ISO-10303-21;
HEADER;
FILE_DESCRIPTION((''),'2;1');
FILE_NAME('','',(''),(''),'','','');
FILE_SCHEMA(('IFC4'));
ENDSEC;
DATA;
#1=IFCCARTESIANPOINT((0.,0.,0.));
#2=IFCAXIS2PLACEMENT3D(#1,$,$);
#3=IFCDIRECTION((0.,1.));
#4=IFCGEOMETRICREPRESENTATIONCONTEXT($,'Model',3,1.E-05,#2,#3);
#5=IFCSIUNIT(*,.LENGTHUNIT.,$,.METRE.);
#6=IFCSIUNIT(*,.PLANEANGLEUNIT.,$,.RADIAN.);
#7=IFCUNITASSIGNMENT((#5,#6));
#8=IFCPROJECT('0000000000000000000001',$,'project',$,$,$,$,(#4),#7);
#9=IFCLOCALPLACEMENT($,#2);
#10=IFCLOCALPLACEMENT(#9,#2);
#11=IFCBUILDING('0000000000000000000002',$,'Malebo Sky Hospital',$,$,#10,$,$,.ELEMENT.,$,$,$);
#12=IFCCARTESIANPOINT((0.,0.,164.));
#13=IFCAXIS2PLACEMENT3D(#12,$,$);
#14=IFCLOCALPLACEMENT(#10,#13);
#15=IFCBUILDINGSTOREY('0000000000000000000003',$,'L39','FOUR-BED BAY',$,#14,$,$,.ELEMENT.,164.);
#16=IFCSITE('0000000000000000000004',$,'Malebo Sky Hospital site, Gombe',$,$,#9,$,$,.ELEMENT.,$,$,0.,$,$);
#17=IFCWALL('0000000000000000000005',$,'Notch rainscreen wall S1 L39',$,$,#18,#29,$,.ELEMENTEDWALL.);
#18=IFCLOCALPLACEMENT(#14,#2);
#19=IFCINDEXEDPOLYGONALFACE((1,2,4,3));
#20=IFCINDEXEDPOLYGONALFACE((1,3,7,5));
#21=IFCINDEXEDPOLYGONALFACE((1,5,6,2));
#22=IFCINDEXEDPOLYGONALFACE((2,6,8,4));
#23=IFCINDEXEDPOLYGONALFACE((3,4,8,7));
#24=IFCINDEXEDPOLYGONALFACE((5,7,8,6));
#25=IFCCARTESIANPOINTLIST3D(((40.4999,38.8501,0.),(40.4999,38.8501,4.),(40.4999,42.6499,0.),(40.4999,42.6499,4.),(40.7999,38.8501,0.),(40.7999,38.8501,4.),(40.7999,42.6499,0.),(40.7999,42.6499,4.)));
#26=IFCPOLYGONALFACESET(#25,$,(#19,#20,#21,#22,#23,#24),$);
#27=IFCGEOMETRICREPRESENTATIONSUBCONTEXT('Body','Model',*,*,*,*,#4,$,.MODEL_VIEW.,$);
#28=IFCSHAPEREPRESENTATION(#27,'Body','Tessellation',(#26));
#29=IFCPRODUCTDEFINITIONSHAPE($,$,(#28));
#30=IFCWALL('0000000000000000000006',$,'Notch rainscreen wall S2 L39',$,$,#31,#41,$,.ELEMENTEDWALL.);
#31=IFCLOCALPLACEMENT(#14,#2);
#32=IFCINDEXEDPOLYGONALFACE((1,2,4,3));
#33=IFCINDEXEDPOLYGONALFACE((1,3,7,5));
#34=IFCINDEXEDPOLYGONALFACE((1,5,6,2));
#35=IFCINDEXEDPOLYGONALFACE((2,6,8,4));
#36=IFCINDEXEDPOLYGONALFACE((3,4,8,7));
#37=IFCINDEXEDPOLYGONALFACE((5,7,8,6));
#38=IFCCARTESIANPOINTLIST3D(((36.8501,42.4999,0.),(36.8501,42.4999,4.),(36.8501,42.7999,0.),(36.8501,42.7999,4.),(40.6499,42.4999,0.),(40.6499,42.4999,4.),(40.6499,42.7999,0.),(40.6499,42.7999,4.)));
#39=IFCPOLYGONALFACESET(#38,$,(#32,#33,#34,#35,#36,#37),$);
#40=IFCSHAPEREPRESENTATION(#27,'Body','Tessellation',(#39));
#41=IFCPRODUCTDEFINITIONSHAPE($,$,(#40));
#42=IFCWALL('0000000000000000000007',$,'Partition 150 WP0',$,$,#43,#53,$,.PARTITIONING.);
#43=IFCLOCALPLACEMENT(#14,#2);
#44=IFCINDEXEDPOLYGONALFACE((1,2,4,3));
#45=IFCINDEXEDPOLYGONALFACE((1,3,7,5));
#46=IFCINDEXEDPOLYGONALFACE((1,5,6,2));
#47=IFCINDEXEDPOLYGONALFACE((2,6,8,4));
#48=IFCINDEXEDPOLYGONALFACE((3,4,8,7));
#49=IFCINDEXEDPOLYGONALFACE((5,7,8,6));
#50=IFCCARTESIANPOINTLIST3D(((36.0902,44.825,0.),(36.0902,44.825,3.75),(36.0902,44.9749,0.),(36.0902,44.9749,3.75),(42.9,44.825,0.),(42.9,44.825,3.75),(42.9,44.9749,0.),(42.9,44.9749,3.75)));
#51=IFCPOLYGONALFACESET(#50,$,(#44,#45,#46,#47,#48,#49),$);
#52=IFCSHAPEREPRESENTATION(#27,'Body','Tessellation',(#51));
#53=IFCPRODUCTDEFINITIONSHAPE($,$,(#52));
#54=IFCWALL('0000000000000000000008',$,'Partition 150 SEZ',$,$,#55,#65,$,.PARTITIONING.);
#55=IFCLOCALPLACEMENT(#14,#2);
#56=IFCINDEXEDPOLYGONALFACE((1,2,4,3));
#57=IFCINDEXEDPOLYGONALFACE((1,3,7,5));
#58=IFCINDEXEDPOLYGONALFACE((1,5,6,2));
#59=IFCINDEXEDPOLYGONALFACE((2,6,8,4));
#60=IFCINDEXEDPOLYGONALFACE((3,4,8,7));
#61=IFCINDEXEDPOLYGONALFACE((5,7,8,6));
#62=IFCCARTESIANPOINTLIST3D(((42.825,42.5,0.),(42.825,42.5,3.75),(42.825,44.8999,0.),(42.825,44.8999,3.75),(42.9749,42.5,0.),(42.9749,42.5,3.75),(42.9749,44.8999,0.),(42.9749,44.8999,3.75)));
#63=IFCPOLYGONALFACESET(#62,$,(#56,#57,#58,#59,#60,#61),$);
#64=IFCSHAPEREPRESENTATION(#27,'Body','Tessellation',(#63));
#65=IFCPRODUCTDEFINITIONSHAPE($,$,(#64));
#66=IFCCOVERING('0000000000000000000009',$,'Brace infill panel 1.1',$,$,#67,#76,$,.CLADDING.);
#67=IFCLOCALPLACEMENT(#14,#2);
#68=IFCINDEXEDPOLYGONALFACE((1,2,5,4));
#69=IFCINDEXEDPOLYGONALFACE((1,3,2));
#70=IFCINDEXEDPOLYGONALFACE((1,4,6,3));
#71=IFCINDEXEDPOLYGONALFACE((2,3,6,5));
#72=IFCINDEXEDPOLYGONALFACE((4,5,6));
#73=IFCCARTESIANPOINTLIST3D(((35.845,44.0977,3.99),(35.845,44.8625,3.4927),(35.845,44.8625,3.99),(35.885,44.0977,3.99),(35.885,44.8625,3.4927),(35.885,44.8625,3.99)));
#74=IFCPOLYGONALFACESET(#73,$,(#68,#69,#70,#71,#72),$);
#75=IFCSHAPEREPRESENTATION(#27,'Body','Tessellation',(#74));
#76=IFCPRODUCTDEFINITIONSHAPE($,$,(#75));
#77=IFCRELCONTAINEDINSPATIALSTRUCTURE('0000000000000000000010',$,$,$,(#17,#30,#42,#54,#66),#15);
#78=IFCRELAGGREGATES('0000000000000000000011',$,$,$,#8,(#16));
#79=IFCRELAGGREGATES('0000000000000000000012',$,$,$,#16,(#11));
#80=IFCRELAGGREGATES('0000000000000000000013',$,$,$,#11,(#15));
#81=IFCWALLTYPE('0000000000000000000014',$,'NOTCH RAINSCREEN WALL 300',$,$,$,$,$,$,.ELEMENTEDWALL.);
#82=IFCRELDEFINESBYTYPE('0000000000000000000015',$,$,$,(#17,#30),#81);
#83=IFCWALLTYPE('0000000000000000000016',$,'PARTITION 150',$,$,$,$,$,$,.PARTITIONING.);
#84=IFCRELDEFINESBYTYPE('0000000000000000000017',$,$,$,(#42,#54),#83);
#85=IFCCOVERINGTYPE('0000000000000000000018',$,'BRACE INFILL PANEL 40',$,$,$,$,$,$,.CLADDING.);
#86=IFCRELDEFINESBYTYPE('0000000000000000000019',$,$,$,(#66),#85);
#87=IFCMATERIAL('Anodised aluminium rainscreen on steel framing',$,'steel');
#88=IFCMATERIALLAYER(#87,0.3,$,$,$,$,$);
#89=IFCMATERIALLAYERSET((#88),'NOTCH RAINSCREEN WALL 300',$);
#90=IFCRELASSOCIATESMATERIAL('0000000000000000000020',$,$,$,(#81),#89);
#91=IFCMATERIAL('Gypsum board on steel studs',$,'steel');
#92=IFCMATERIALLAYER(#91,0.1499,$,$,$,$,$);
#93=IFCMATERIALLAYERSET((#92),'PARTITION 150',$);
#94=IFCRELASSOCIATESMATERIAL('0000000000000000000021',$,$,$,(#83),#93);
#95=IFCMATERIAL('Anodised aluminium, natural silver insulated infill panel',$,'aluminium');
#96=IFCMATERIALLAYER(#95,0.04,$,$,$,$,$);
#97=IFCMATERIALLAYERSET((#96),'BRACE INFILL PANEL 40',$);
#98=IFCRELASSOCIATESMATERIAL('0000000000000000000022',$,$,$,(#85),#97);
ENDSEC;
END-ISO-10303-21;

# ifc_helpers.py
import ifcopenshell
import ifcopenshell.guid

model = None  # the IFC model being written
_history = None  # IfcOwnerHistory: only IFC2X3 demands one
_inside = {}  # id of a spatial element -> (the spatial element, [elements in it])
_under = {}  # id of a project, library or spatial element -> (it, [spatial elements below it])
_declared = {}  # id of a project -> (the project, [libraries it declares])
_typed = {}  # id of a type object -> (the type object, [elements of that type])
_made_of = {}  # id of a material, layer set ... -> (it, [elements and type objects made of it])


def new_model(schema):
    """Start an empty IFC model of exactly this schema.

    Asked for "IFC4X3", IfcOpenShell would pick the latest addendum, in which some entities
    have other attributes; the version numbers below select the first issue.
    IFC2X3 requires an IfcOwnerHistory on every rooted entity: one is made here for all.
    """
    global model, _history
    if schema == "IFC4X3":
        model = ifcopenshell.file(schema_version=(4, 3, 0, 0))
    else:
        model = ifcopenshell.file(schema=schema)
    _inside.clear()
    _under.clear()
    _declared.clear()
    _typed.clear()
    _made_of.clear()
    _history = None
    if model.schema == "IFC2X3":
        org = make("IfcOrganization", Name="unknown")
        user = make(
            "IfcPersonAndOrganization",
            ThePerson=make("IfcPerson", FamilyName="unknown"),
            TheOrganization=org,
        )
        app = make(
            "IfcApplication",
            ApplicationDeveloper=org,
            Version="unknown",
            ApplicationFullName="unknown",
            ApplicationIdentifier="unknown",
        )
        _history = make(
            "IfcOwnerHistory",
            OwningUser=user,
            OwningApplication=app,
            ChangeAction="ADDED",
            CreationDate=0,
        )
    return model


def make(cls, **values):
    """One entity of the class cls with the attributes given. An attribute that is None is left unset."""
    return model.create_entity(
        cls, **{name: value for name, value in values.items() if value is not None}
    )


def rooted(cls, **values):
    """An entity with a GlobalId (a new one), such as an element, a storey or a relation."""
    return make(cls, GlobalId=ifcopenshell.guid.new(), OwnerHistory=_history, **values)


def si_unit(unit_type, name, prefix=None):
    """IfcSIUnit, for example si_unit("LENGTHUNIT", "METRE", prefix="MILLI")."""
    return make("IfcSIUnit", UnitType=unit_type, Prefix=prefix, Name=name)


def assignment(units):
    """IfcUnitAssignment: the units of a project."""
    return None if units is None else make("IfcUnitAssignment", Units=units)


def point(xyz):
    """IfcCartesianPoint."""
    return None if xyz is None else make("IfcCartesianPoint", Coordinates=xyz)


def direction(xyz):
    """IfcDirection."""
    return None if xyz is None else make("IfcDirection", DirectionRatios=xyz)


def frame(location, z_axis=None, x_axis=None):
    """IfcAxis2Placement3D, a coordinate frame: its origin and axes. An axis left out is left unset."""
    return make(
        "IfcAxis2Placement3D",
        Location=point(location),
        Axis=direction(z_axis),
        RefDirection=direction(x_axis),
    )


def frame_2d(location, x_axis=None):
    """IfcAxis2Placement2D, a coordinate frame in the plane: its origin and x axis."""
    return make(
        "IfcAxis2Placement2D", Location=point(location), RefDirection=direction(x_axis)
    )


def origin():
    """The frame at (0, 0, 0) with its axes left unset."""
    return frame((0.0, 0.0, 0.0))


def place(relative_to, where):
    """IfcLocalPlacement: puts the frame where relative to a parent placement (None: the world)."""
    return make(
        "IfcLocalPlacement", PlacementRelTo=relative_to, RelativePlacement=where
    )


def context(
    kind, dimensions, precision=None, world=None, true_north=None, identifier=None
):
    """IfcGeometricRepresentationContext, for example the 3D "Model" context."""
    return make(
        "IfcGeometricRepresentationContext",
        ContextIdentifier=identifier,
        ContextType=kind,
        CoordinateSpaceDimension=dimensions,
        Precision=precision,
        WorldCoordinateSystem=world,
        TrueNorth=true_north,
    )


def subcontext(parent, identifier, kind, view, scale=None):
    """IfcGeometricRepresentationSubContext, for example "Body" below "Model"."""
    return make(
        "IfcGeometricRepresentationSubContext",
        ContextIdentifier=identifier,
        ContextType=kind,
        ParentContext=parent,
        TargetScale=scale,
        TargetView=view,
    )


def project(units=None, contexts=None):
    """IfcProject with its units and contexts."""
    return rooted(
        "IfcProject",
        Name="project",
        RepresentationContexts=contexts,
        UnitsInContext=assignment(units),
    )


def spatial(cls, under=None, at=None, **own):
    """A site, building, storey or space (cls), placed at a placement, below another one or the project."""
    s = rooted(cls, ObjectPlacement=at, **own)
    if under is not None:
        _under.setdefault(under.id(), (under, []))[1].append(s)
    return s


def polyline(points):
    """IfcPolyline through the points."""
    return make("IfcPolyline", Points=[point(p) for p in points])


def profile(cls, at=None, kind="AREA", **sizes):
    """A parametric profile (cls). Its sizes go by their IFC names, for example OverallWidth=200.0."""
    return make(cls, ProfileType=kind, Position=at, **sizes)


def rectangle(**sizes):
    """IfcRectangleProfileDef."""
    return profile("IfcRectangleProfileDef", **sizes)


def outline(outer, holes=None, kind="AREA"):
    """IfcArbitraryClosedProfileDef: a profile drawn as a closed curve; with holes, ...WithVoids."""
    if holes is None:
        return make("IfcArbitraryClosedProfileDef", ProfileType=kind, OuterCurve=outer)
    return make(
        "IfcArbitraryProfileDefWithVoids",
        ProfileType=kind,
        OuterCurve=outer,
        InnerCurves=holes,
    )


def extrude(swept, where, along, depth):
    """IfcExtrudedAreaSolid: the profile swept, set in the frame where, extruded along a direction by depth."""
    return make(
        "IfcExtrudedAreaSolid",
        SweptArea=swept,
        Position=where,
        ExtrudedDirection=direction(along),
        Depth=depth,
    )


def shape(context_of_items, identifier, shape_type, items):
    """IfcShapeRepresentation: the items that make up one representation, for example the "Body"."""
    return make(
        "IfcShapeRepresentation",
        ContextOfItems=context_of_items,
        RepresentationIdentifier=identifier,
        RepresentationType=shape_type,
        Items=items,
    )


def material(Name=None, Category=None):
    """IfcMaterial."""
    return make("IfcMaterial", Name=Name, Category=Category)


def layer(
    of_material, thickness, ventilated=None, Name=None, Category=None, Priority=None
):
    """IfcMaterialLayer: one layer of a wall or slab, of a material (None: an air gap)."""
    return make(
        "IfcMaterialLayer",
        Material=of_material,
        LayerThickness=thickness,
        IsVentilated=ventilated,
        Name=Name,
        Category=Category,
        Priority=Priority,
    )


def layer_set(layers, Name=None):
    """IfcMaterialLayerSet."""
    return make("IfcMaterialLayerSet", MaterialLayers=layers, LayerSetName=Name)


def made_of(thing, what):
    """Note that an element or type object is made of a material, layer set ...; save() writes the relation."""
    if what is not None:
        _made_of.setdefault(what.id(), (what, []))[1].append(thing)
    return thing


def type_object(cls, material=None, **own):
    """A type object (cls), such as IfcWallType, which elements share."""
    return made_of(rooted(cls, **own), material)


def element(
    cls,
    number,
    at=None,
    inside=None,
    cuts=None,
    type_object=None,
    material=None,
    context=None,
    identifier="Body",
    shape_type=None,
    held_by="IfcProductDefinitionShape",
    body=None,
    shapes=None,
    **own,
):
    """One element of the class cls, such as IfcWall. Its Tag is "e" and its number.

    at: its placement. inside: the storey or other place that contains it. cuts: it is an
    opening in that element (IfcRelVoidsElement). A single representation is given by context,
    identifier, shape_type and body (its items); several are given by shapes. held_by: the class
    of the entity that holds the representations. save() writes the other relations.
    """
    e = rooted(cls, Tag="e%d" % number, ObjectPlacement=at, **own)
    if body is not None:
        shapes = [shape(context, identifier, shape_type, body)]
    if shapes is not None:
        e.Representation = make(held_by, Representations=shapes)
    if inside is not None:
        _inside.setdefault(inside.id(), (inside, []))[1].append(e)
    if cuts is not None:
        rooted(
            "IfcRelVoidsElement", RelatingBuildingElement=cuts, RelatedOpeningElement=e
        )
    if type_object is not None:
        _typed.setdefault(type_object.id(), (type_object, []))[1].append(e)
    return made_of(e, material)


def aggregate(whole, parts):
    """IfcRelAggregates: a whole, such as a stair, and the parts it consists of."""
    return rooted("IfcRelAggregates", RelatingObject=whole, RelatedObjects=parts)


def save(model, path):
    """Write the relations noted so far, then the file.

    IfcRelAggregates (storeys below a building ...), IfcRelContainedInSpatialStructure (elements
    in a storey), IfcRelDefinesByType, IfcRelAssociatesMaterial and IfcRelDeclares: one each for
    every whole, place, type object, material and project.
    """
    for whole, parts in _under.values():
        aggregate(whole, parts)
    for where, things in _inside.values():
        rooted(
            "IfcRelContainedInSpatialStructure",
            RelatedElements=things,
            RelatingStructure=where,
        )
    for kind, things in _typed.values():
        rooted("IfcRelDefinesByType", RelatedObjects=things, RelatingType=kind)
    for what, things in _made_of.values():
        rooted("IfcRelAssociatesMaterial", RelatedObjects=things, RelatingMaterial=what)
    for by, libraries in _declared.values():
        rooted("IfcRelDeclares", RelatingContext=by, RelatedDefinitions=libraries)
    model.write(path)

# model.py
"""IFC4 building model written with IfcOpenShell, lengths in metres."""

from ifc_helpers import new_model, si_unit, direction, frame, frame_2d, origin, place, context, subcontext, project, spatial, polyline, rectangle, outline, extrude, material, layer, layer_set, type_object, element, save


model = new_model("IFC4")

# Units and contexts
model_context = context("Model", 3, precision=1e-05, world=origin(), true_north=direction((0.0, 1.0)))
body_context = subcontext(model_context, "Body", "Model", "MODEL_VIEW")
ifc_project = project(units=[si_unit("LENGTHUNIT", "METRE"), si_unit("PLANEANGLEUNIT", "RADIAN")], contexts=[model_context])

# Site, building, storey
site_placement = place(None, origin())
site = spatial("IfcSite", under=ifc_project, at=site_placement, Name="Malebo Sky Hospital site, Gombe", CompositionType="ELEMENT", RefElevation=0.0)
building_placement = place(site_placement, origin())
building = spatial("IfcBuilding", under=site, at=building_placement, Name="Malebo Sky Hospital", CompositionType="ELEMENT")
storey_placement = place(building_placement, frame((0.0, 0.0, 164.0)))
storey = spatial("IfcBuildingStorey", under=building, at=storey_placement, Name="L39", Description="FOUR-BED BAY", CompositionType="ELEMENT", Elevation=164.0)

# Shared definitions
ifc_material_1 = material(Name="Gypsum board on steel studs", Category="steel")

# Walls
ifc_material_2 = material(Name="Anodised aluminium rainscreen on steel framing", Category="steel")
ifc_layer_1 = layer(ifc_material_2, 0.3)
ifc_layer_set_1 = layer_set([ifc_layer_1], Name="NOTCH RAINSCREEN WALL 300")
wall_type_1 = type_object("IfcWallType", Name="NOTCH RAINSCREEN WALL 300", PredefinedType="ELEMENTEDWALL", material=ifc_layer_set_1)
for number, where, z_axis, x_axis, name in (
    (1, (40.6499, 38.8501, 0.0), (0.0, 0.0, 1.0), (0.0, 1.0, 0.0), "Notch rainscreen wall S1 L39"),
    (2, (40.6499, 42.6499, 0.0), (0.0, 0.0, 1.0), (-1.0, 0.0, 0.0), "Notch rainscreen wall S2 L39"),
):
    element("IfcWall", number, at=place(storey_placement, frame(where, z_axis=z_axis, x_axis=x_axis)), inside=storey, type_object=wall_type_1, Name=name, PredefinedType="ELEMENTEDWALL", context=body_context, shape_type="SweptSolid", body=[
        extrude(rectangle(XDim=3.7998, YDim=0.3, at=frame_2d((1.8999, 0.0))), origin(), (0.0, 0.0, 1.0), 4.0),
    ])
ifc_layer_2 = layer(ifc_material_1, 0.1499)
ifc_layer_set_2 = layer_set([ifc_layer_2], Name="PARTITION 150")
wall_type_2 = type_object("IfcWallType", Name="PARTITION 150", PredefinedType="PARTITIONING", material=ifc_layer_set_2)
wall_1_placement = place(storey_placement, frame((42.8999, 44.8999, 0.0), z_axis=(0.0, 0.0, 1.0), x_axis=(-1.0, 0.0, 0.0)))
element("IfcWall", 3, at=wall_1_placement, inside=storey, type_object=wall_type_2, Name="Partition 150 WP0", PredefinedType="PARTITIONING", context=body_context, shape_type="SweptSolid", body=[
    extrude(rectangle(XDim=6.8098, YDim=0.1499, at=frame_2d((3.4048, 0.0))), origin(), (0.0, 0.0, 1.0), 3.75),
])
wall_2_placement = place(storey_placement, frame((42.8999, 44.8999, 0.0), z_axis=(0.0, 0.0, 1.0), x_axis=(0.0, -1.0, 0.0)))
element("IfcWall", 4, at=wall_2_placement, inside=storey, type_object=wall_type_2, Name="Partition 150 SEZ", PredefinedType="PARTITIONING", context=body_context, shape_type="SweptSolid", body=[
    extrude(rectangle(XDim=2.3999, YDim=0.1499, at=frame_2d((1.2, 0.0))), origin(), (0.0, 0.0, 1.0), 3.75),
])

# Covering
ifc_material_3 = material(Name="Anodised aluminium, natural silver insulated infill panel", Category="aluminium")
ifc_layer_3 = layer(ifc_material_3, 0.04)
ifc_layer_set_3 = layer_set([ifc_layer_3], Name="BRACE INFILL PANEL 40")
covering_type = type_object("IfcCoveringType", Name="BRACE INFILL PANEL 40", PredefinedType="CLADDING", material=ifc_layer_set_3)
covering_placement = place(storey_placement, frame((35.865, 44.4802, 3.4927), z_axis=(0.0, 0.0, 1.0), x_axis=(0.0, 1.0, 0.0)))
element("IfcCovering", 5, at=covering_placement, inside=storey, type_object=covering_type, Name="Brace infill panel 1.1", PredefinedType="CLADDING", context=body_context, shape_type="SweptSolid", body=[
    extrude(outline(polyline([(0.3823, 0.0), (0.3823, 0.4973), (-0.3826, 0.4973), (0.3823, 0.0)])), frame((0.0, 0.02, 0.0), z_axis=(0.0, -1.0, 0.0), x_axis=(1.0, 0.0, 0.0)), (0.0, 0.0, 1.0), 0.04),
])

save(model, "model.ifc")
